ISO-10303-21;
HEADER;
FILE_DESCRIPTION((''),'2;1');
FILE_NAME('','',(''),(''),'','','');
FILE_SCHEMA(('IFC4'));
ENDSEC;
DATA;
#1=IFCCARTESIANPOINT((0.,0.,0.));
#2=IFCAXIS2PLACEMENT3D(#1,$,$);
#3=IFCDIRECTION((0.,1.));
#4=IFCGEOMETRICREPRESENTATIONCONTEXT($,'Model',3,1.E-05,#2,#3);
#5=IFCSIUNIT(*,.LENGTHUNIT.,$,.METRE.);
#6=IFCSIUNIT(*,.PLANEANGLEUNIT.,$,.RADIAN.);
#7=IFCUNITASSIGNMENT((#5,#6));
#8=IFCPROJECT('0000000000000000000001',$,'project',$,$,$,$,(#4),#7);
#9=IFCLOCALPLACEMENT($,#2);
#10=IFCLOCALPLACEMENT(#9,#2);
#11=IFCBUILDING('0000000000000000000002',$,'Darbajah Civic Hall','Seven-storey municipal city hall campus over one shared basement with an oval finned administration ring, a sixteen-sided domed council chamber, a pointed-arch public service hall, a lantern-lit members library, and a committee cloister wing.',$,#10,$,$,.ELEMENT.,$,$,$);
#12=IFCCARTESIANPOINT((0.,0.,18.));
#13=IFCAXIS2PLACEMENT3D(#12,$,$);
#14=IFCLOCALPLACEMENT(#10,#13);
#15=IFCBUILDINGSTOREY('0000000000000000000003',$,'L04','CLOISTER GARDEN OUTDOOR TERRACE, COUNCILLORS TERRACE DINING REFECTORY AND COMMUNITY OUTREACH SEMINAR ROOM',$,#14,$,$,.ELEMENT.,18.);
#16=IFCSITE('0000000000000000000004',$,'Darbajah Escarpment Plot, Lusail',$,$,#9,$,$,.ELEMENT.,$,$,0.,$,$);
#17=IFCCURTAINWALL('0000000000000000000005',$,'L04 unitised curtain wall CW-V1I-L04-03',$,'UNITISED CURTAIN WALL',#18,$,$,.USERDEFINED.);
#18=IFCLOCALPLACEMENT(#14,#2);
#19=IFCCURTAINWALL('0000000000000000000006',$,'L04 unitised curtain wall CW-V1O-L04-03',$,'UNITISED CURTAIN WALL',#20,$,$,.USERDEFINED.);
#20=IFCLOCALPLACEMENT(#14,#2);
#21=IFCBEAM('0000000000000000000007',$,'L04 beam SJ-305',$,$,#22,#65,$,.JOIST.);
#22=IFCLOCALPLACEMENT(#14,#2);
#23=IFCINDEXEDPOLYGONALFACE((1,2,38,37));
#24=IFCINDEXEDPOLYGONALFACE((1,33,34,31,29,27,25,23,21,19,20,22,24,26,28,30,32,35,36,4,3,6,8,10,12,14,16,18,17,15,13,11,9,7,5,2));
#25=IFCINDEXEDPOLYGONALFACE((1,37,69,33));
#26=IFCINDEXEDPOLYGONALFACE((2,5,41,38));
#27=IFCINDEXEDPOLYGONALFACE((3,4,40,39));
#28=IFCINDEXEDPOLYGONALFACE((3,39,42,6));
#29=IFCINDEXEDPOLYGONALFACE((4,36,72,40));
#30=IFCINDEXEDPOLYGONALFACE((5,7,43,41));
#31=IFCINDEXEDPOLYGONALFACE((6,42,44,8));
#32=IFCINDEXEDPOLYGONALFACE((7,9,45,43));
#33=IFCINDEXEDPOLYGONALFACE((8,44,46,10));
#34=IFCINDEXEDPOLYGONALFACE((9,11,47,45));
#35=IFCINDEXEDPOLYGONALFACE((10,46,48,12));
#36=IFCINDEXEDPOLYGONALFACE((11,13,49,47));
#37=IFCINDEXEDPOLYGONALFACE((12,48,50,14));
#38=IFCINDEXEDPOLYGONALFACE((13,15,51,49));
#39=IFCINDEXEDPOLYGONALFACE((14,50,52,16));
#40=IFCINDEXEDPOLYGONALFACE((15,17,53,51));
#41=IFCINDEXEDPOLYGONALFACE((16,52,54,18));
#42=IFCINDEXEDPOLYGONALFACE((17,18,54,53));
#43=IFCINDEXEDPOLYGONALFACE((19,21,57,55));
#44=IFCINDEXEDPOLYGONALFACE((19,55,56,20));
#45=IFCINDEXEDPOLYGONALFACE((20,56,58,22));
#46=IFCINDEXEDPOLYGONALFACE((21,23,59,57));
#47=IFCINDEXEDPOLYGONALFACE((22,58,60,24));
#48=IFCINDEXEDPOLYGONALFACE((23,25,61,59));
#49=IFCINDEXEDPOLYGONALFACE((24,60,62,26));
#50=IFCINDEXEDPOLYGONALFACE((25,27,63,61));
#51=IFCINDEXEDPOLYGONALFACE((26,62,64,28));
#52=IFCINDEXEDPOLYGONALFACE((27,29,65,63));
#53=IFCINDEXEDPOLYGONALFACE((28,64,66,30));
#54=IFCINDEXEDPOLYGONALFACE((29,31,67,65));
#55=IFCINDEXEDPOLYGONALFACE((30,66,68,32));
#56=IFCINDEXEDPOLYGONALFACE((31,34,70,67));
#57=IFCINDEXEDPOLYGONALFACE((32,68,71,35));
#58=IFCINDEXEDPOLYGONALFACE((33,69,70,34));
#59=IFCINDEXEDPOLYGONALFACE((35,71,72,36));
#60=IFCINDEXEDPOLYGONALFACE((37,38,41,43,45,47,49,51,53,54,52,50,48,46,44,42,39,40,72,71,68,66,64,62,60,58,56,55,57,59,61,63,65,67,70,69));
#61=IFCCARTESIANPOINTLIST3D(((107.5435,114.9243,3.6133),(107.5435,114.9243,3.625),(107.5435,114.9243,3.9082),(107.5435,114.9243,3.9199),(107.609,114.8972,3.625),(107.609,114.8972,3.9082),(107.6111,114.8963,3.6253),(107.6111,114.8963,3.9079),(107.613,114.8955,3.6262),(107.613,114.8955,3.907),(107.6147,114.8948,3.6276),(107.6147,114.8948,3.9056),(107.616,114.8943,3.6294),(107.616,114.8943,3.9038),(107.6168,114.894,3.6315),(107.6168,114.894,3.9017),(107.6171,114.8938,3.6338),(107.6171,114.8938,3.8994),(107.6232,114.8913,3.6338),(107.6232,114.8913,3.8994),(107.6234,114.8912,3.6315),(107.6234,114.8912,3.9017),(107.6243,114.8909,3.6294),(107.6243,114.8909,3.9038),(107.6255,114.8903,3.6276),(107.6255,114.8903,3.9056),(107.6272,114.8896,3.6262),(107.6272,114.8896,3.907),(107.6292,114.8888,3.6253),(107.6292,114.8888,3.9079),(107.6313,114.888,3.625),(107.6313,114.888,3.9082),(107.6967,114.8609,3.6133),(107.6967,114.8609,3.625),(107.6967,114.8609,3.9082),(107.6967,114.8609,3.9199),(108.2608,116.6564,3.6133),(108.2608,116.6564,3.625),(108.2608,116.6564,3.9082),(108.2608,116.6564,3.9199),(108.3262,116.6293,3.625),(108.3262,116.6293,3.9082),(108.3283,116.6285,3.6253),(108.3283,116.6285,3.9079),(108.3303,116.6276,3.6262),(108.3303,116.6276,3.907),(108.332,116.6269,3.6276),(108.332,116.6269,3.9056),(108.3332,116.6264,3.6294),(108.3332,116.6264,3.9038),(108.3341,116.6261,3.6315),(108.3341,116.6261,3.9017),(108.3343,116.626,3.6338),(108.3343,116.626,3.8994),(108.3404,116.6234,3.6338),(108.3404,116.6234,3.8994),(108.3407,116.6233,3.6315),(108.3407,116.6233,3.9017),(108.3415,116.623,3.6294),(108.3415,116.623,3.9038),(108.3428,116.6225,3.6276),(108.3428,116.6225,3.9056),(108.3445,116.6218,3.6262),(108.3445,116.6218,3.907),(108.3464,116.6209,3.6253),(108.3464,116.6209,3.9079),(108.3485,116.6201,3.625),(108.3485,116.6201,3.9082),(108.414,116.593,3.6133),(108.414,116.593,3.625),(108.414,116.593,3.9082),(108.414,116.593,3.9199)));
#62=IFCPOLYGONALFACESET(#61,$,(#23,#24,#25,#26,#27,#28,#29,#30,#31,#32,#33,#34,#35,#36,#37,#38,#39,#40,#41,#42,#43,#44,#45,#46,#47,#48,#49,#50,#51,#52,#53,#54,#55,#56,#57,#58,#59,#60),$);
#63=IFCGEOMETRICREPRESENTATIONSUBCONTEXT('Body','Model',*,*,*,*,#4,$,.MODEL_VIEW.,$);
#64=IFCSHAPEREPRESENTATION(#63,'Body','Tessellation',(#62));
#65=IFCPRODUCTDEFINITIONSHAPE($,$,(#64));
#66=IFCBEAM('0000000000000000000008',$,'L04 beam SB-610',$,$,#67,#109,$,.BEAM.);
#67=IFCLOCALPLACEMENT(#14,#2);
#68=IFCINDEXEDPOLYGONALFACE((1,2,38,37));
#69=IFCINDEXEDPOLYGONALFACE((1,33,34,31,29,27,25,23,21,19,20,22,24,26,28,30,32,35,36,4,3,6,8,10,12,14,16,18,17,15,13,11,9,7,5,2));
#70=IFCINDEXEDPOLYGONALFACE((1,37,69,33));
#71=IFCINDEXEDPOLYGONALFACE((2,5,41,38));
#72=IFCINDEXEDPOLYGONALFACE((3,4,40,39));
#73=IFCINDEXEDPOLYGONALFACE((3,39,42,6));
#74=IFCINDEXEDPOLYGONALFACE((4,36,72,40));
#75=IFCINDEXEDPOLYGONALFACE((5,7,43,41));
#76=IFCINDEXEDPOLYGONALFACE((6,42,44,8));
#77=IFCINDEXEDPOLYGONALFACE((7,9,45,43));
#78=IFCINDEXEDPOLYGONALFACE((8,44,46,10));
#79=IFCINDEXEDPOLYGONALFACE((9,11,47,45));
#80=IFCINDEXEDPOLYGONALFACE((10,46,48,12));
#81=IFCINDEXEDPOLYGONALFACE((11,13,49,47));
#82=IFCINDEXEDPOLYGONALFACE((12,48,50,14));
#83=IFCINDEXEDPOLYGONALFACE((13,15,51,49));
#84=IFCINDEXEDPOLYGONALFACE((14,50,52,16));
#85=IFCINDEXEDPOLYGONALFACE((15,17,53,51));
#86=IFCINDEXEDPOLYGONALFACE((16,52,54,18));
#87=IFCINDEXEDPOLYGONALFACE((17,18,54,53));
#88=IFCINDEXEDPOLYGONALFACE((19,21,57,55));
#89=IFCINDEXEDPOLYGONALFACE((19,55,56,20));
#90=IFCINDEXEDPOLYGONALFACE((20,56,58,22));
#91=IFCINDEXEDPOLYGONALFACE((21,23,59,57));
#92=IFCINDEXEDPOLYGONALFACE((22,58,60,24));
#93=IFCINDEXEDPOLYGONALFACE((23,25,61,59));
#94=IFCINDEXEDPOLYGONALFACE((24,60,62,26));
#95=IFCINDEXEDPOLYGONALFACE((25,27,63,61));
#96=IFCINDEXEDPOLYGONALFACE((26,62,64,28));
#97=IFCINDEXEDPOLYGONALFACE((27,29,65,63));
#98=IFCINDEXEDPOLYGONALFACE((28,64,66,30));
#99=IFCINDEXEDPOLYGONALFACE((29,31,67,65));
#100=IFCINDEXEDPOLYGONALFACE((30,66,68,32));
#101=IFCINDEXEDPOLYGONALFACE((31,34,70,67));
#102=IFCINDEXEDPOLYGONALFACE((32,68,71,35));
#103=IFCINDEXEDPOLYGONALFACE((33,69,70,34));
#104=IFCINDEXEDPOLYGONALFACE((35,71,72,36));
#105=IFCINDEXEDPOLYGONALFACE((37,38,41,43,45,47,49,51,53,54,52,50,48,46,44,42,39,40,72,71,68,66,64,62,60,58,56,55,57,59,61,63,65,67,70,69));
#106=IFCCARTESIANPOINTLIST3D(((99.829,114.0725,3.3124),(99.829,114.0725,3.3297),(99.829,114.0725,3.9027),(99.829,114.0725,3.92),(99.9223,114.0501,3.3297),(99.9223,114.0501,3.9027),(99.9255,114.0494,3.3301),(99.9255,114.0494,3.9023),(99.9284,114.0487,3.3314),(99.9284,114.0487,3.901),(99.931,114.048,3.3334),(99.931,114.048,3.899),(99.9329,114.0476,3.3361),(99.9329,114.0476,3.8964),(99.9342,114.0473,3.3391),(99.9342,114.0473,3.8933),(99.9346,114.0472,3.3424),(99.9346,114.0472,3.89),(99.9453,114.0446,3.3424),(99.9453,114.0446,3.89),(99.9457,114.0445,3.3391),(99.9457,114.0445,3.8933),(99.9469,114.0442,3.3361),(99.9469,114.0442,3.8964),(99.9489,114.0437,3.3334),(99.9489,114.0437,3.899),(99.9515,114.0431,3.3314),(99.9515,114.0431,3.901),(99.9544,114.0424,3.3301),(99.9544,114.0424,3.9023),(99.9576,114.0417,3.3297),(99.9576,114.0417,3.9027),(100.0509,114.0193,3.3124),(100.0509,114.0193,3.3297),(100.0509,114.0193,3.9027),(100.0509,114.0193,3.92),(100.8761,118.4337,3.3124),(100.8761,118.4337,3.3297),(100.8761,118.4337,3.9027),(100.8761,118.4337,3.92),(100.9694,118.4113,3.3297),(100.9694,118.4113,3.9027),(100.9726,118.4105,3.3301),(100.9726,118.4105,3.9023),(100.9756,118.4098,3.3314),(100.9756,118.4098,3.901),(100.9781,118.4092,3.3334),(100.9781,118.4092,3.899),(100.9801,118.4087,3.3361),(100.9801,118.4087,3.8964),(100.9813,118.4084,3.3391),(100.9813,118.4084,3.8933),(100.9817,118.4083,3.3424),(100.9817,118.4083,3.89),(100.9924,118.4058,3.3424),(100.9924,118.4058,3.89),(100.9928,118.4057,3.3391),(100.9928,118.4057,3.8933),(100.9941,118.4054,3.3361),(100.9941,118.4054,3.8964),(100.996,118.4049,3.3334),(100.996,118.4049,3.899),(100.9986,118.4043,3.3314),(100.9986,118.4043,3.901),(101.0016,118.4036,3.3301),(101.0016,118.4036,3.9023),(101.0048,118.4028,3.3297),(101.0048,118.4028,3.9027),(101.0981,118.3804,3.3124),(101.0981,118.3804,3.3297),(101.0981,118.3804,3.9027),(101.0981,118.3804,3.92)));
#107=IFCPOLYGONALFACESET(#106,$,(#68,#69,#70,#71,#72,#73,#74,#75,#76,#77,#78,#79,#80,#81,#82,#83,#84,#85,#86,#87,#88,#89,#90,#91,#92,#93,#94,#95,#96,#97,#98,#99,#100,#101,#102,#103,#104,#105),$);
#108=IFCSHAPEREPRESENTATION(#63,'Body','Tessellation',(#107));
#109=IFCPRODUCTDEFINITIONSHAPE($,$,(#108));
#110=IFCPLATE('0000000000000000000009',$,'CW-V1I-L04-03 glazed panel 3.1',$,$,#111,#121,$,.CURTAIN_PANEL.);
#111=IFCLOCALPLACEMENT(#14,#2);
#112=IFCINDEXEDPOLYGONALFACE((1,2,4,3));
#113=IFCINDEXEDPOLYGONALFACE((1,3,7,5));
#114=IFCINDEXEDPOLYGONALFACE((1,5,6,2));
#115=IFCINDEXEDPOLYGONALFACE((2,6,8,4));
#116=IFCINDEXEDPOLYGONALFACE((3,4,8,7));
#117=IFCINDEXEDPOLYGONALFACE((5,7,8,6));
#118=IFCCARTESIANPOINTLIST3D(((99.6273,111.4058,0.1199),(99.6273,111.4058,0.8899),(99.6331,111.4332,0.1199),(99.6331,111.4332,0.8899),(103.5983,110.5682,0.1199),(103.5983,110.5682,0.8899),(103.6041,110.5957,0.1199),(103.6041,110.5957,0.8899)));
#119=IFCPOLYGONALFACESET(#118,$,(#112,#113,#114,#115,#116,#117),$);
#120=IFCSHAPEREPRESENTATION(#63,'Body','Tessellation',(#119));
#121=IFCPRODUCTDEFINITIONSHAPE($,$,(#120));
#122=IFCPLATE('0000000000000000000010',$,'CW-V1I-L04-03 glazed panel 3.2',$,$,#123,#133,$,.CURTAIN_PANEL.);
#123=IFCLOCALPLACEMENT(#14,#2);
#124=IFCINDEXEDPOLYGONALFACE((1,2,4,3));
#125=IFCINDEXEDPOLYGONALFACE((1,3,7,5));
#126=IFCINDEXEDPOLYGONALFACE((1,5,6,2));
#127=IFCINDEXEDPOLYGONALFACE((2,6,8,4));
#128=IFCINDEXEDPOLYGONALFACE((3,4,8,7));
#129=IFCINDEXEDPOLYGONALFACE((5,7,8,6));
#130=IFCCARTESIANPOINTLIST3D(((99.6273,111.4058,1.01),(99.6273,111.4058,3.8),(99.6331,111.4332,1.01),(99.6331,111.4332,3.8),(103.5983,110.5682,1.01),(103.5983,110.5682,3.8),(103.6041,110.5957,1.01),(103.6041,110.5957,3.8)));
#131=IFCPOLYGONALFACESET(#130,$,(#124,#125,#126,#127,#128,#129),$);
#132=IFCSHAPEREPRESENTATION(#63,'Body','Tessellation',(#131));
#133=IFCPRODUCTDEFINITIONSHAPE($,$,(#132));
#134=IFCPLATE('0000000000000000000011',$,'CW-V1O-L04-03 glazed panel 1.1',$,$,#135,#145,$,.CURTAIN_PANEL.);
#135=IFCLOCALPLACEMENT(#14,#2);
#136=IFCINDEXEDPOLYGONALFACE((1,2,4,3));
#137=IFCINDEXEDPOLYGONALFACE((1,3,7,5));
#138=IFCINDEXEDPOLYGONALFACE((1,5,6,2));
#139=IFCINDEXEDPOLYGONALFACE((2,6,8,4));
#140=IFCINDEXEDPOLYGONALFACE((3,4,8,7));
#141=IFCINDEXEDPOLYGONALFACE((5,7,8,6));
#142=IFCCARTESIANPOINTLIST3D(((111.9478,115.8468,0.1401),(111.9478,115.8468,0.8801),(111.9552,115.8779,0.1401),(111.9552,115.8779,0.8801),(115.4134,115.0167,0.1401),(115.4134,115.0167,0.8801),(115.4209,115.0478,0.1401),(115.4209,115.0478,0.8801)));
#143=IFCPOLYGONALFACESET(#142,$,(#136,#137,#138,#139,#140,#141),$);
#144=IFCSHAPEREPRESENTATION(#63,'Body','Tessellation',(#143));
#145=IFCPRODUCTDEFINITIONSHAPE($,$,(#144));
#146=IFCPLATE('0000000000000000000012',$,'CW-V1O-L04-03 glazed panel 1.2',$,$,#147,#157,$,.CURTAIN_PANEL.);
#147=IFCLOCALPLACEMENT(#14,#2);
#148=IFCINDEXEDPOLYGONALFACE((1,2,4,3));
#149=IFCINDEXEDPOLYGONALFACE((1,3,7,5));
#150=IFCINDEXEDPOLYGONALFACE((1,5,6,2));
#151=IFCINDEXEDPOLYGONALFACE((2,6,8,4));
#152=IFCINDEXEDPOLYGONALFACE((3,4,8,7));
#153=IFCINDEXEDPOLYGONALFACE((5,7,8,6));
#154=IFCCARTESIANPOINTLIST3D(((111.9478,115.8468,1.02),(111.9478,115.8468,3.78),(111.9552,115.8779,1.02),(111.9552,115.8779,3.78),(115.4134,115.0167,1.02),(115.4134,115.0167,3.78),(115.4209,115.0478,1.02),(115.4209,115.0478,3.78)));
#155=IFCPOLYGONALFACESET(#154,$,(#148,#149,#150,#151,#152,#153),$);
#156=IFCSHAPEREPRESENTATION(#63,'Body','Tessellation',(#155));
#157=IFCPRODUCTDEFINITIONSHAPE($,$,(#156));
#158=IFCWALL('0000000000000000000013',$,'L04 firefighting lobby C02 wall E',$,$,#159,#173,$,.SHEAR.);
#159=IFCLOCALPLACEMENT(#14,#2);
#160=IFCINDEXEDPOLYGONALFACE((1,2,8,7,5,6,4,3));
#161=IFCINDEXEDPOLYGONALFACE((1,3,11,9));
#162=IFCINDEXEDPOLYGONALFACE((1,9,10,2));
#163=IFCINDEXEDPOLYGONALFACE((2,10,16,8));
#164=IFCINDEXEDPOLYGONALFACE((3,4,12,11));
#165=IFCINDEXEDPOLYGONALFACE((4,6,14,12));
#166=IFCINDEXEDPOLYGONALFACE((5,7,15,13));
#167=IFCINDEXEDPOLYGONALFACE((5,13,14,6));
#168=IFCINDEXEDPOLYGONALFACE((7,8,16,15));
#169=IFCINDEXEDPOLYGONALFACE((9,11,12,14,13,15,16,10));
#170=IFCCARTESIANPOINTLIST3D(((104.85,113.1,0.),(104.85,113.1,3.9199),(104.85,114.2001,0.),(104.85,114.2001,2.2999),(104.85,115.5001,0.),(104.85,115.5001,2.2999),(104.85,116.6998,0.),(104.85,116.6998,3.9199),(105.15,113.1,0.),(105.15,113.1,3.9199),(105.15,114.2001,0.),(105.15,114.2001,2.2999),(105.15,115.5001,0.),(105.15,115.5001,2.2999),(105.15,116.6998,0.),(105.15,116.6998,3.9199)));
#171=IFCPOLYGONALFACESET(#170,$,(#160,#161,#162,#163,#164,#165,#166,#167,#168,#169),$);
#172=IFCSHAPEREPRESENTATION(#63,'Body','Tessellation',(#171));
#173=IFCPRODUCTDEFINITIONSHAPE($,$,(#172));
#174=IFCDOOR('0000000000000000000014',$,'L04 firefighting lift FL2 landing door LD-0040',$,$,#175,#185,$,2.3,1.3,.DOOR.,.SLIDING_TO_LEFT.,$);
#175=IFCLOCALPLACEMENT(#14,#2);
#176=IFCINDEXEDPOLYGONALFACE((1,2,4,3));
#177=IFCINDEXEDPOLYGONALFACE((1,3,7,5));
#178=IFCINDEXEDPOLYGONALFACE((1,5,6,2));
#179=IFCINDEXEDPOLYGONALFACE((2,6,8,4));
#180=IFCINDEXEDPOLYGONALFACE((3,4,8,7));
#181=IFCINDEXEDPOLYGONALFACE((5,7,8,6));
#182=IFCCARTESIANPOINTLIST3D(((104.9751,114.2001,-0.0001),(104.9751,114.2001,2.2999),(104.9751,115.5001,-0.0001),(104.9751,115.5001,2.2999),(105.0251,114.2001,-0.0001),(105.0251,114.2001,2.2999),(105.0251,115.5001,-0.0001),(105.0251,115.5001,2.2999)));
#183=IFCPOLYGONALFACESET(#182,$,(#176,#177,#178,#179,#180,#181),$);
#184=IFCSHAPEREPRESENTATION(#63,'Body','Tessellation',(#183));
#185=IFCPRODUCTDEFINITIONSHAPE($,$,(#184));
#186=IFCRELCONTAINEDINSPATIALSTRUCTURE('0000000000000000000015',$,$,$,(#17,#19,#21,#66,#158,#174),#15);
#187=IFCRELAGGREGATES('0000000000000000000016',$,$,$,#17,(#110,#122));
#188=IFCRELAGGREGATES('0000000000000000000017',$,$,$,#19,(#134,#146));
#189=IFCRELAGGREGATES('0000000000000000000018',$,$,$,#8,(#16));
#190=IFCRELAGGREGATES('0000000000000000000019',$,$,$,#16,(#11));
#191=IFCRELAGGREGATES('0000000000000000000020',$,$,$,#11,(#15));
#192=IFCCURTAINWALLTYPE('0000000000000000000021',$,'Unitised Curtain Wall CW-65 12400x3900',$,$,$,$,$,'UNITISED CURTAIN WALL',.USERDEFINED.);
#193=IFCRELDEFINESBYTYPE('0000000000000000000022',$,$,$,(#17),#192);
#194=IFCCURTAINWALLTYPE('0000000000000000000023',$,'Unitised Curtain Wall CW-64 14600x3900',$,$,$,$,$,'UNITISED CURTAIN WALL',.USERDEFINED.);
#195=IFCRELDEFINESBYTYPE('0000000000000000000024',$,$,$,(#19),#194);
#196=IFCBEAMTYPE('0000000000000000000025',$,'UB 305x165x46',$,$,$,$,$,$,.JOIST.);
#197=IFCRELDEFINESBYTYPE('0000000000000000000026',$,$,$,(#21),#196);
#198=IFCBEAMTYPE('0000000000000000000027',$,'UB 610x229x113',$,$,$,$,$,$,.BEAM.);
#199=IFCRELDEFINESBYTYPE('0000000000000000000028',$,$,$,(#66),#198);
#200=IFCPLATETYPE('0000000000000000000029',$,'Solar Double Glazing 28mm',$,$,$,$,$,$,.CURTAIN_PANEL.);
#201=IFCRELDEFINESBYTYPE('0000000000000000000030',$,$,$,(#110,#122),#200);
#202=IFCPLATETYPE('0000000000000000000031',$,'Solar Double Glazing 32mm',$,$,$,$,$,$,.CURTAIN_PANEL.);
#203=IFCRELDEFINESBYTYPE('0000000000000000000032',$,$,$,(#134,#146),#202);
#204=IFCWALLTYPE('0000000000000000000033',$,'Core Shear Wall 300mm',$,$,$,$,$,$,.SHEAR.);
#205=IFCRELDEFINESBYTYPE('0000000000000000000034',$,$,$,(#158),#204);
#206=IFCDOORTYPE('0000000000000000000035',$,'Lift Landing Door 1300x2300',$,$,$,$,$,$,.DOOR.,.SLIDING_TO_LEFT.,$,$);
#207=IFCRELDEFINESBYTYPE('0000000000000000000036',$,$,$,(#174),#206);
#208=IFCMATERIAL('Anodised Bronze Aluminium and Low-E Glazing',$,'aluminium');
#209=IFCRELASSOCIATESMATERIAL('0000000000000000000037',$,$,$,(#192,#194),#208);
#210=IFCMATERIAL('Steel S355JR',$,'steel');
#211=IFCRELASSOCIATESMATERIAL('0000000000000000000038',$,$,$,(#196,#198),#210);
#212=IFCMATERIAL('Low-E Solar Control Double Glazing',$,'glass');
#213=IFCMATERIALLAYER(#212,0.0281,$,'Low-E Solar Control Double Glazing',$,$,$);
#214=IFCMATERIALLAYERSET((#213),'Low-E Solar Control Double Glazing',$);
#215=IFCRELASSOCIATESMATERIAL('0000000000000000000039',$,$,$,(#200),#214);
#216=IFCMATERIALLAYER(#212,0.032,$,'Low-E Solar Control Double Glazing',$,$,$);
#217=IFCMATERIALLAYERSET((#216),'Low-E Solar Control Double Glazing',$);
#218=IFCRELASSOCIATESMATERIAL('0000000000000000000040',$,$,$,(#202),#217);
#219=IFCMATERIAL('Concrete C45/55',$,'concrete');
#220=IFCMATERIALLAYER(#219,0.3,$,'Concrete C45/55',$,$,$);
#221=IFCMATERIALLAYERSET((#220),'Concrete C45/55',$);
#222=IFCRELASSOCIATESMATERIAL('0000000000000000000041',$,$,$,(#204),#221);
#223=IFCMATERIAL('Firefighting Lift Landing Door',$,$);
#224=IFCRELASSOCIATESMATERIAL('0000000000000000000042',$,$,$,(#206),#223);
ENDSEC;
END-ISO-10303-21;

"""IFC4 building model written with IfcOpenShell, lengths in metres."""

from ifc_helpers import new_model, si_unit, direction, frame, frame_2d, origin, origin_2d, place, context, subcontext, project, spatial, rectangle, i_section, extrude, material, layer, layer_set, material_profile, profile_set, type_object, element, fill, aggregate, save


model = new_model("IFC4")

# Units and contexts
model_context = context("Model", 3, precision=1e-05, world=origin(), true_north=direction((0.0, 1.0)))
body_context = subcontext(model_context, "Body", "Model", "MODEL_VIEW")
ifc_project = project(units=[si_unit("LENGTHUNIT", "METRE"), si_unit("PLANEANGLEUNIT", "RADIAN")], contexts=[model_context])

# Site, building, storey
site_placement = place(None, origin())
site = spatial("IfcSite", under=ifc_project, at=site_placement, Name="Darbajah Escarpment Plot, Lusail", CompositionType="ELEMENT", RefElevation=0.0)
building_placement = place(site_placement, origin())
building = spatial("IfcBuilding", under=site, at=building_placement, Name="Darbajah Civic Hall", Description="Seven-storey municipal city hall campus over one shared basement with an oval finned administration ring, a sixteen-sided domed council chamber, a pointed-arch public service hall, a lantern-lit members library, and a committee cloister wing.", CompositionType="ELEMENT")
storey_placement = place(building_placement, frame((0.0, 0.0, 18.0)))
storey = spatial("IfcBuildingStorey", under=building, at=storey_placement, Name="L04", Description="CLOISTER GARDEN OUTDOOR TERRACE, COUNCILLORS TERRACE DINING REFECTORY AND COMMUNITY OUTREACH SEMINAR ROOM", CompositionType="ELEMENT", Elevation=18.0)

# Shared definitions
ifc_material_1 = material(Name="Concrete C45/55", Category="concrete")

# Curtain wall
ifc_material_2 = material(Name="Anodised Bronze Aluminium and Low-E Glazing", Category="aluminium")
curtain_wall_type_1 = type_object("IfcCurtainWallType", Name="Unitised Curtain Wall CW-65 12400x3900", ElementType="UNITISED CURTAIN WALL", PredefinedType="USERDEFINED", material=ifc_material_2)
curtain_wall_1_placement = place(storey_placement, origin())
curtain_wall_1 = element("IfcCurtainWall", 1, at=curtain_wall_1_placement, inside=storey, type_object=curtain_wall_type_1, Name="L04 unitised curtain wall CW-V1I-L04-03", ObjectType="UNITISED CURTAIN WALL", PredefinedType="USERDEFINED")

# Curtain wall
curtain_wall_type_2 = type_object("IfcCurtainWallType", Name="Unitised Curtain Wall CW-64 14600x3900", ElementType="UNITISED CURTAIN WALL", PredefinedType="USERDEFINED", material=ifc_material_2)
curtain_wall_2_placement = place(storey_placement, origin())
curtain_wall_2 = element("IfcCurtainWall", 2, at=curtain_wall_2_placement, inside=storey, type_object=curtain_wall_type_2, Name="L04 unitised curtain wall CW-V1O-L04-03", ObjectType="UNITISED CURTAIN WALL", PredefinedType="USERDEFINED")

# Beams
ifc_material_3 = material(Name="Steel S355JR", Category="steel")
ifc_material_profile_1 = material_profile(ifc_material_3, i_section(OverallWidth=0.1658, OverallDepth=0.3066, WebThickness=0.0066, FlangeThickness=0.0117, FilletRadius=0.0088, at=origin_2d()), Name="UB 305x165x46")
ifc_profile_set_1 = profile_set([ifc_material_profile_1], Name="Steel S355JR")
beam_type_1 = type_object("IfcBeamType", Name="UB 305x165x46", PredefinedType="JOIST", material=ifc_profile_set_1)
beam_1_placement = place(storey_placement, frame((107.6201, 114.8926, 3.7666), z_axis=(0.382589, 0.923918, 0.0), x_axis=(-0.923918, 0.382589, 0.0)))
element("IfcBeam", 3, at=beam_1_placement, inside=storey, type_object=beam_type_1, Name="L04 beam SJ-305", PredefinedType="JOIST", context=body_context, shape_type="SweptSolid", body=[
    extrude(i_section(OverallWidth=0.1658, OverallDepth=0.3066, WebThickness=0.0066, FlangeThickness=0.0117, FilletRadius=0.0088, at=origin_2d()), origin(), (0.0, 0.0, 1.0), 1.8748),
])
ifc_material_profile_2 = material_profile(ifc_material_3, i_section(OverallWidth=0.2283, OverallDepth=0.6077, WebThickness=0.011, FlangeThickness=0.0173, FilletRadius=0.0127, at=origin_2d()), Name="UB 610x229x113")
ifc_profile_set_2 = profile_set([ifc_material_profile_2], Name="Steel S355JR")
beam_type_2 = type_object("IfcBeamType", Name="UB 610x229x113", PredefinedType="BEAM", material=ifc_profile_set_2)
beam_2_placement = place(storey_placement, frame((99.9399, 114.0459, 3.6162), z_axis=(0.23347, 0.972364, 0.0), x_axis=(-0.972364, 0.23347, 0.0)))
element("IfcBeam", 4, at=beam_2_placement, inside=storey, type_object=beam_type_2, Name="L04 beam SB-610", PredefinedType="BEAM", context=body_context, shape_type="SweptSolid", body=[
    extrude(i_section(OverallWidth=0.2283, OverallDepth=0.6077, WebThickness=0.011, FlangeThickness=0.0173, FilletRadius=0.0127, at=origin_2d()), origin(), (0.0, 0.0, 1.0), 4.4851),
])

# Plates
ifc_material_4 = material(Name="Low-E Solar Control Double Glazing", Category="glass")
ifc_layer_1 = layer(ifc_material_4, 0.0281, Name="Low-E Solar Control Double Glazing")
ifc_layer_set_1 = layer_set([ifc_layer_1], Name="Low-E Solar Control Double Glazing")
plate_type_1 = type_object("IfcPlateType", Name="Solar Double Glazing 28mm", PredefinedType="CURTAIN_PANEL", material=ifc_layer_set_1)
plate_1_placement = place(storey_placement, frame((101.6157, 111.0007, 0.1199), z_axis=(0.0, 0.0, 1.0), x_axis=(-0.978473, 0.206375, 0.0)))
plate_1 = element("IfcPlate", 5, at=plate_1_placement, type_object=plate_type_1, Name="CW-V1I-L04-03 glazed panel 3.1", PredefinedType="CURTAIN_PANEL", context=body_context, shape_type="SweptSolid", body=[
    extrude(rectangle(XDim=4.0583, YDim=0.0281, at=origin_2d()), origin(), (0.0, 0.0, 1.0), 0.77),
])
plate_2_placement = place(storey_placement, frame((101.6157, 111.0007, 1.01), z_axis=(0.0, 0.0, 1.0), x_axis=(-0.978473, 0.206375, 0.0)))
plate_2 = element("IfcPlate", 6, at=plate_2_placement, type_object=plate_type_1, Name="CW-V1I-L04-03 glazed panel 3.2", PredefinedType="CURTAIN_PANEL", context=body_context, shape_type="SweptSolid", body=[
    extrude(rectangle(XDim=4.0583, YDim=0.0281, at=origin_2d()), origin(), (0.0, 0.0, 1.0), 2.79),
])
aggregate(curtain_wall_1, [plate_1, plate_2])
ifc_layer_2 = layer(ifc_material_4, 0.032, Name="Low-E Solar Control Double Glazing")
ifc_layer_set_2 = layer_set([ifc_layer_2], Name="Low-E Solar Control Double Glazing")
plate_type_2 = type_object("IfcPlateType", Name="Solar Double Glazing 32mm", PredefinedType="CURTAIN_PANEL", material=ifc_layer_set_2)
plate_3_placement = place(storey_placement, frame((113.6843, 115.4473, 0.1401), z_axis=(0.0, 0.0, 1.0), x_axis=(-0.972492, 0.232936, 0.0)))
plate_3 = element("IfcPlate", 7, at=plate_3_placement, type_object=plate_type_2, Name="CW-V1O-L04-03 glazed panel 1.1", PredefinedType="CURTAIN_PANEL", context=body_context, shape_type="SweptSolid", body=[
    extrude(rectangle(XDim=3.5637, YDim=0.032, at=origin_2d()), origin(), (0.0, 0.0, 1.0), 0.74),
])
plate_4_placement = place(storey_placement, frame((113.6843, 115.4473, 1.02), z_axis=(0.0, 0.0, 1.0), x_axis=(-0.972492, 0.232936, 0.0)))
plate_4 = element("IfcPlate", 8, at=plate_4_placement, type_object=plate_type_2, Name="CW-V1O-L04-03 glazed panel 1.2", PredefinedType="CURTAIN_PANEL", context=body_context, shape_type="SweptSolid", body=[
    extrude(rectangle(XDim=3.5637, YDim=0.032, at=origin_2d()), origin(), (0.0, 0.0, 1.0), 2.76),
])
aggregate(curtain_wall_2, [plate_3, plate_4])

# Wall, opening, door
ifc_layer_3 = layer(ifc_material_1, 0.3, Name="Concrete C45/55")
ifc_layer_set_3 = layer_set([ifc_layer_3], Name="Concrete C45/55")
wall_type_1 = type_object("IfcWallType", Name="Core Shear Wall 300mm", PredefinedType="SHEAR", material=ifc_layer_set_3)
wall_1_placement = place(storey_placement, frame((105.0, 113.1001, 0.0), z_axis=(0.0, 0.0, 1.0), x_axis=(0.0, 1.0, 0.0)))
wall_1 = element("IfcWall", 9, at=wall_1_placement, inside=storey, type_object=wall_type_1, Name="L04 firefighting lobby C02 wall E", PredefinedType="SHEAR", context=body_context, shape_type="SweptSolid", body=[
    extrude(rectangle(XDim=3.5999, YDim=0.3, at=frame_2d((1.7998, 0.0))), origin(), (0.0, 0.0, 1.0), 3.9199),
])
opening_1_placement = place(wall_1_placement, frame((1.1001, 0.0, 0.0)))
opening_1 = element("IfcOpeningElement", 10, at=opening_1_placement, cuts=wall_1, PredefinedType="OPENING", context=body_context, shape_type="SweptSolid", body=[
    extrude(rectangle(XDim=1.3, YDim=2.3, at=frame_2d((0.6499, 1.1499))), frame((0.0, 0.1599, 0.0), z_axis=(0.0, -1.0, 0.0), x_axis=(1.0, 0.0, 0.0)), (0.0, 0.0, 1.0), 0.3201),
])
ifc_material_5 = material(Name="Firefighting Lift Landing Door")
door_type_1 = type_object("IfcDoorType", Name="Lift Landing Door 1300x2300", OperationType="SLIDING_TO_LEFT", PredefinedType="DOOR", material=ifc_material_5)
door_1_placement = place(opening_1_placement, origin())
door_1 = element("IfcDoor", 11, at=door_1_placement, inside=storey, type_object=door_type_1, Name="L04 firefighting lift FL2 landing door LD-0040", OperationType="SLIDING_TO_LEFT", OverallHeight=2.3, OverallWidth=1.3, PredefinedType="DOOR", context=body_context, shape_type="SweptSolid", body=[
    extrude(rectangle(XDim=1.3, YDim=2.3, at=frame_2d((0.6499, 1.1499))), frame((0.0, 0.0249, 0.0), z_axis=(0.0, -1.0, 0.0), x_axis=(1.0, 0.0, 0.0)), (0.0, 0.0, 1.0), 0.05),
])
fill(opening_1, door_1)

save(model, "model.ifc")
